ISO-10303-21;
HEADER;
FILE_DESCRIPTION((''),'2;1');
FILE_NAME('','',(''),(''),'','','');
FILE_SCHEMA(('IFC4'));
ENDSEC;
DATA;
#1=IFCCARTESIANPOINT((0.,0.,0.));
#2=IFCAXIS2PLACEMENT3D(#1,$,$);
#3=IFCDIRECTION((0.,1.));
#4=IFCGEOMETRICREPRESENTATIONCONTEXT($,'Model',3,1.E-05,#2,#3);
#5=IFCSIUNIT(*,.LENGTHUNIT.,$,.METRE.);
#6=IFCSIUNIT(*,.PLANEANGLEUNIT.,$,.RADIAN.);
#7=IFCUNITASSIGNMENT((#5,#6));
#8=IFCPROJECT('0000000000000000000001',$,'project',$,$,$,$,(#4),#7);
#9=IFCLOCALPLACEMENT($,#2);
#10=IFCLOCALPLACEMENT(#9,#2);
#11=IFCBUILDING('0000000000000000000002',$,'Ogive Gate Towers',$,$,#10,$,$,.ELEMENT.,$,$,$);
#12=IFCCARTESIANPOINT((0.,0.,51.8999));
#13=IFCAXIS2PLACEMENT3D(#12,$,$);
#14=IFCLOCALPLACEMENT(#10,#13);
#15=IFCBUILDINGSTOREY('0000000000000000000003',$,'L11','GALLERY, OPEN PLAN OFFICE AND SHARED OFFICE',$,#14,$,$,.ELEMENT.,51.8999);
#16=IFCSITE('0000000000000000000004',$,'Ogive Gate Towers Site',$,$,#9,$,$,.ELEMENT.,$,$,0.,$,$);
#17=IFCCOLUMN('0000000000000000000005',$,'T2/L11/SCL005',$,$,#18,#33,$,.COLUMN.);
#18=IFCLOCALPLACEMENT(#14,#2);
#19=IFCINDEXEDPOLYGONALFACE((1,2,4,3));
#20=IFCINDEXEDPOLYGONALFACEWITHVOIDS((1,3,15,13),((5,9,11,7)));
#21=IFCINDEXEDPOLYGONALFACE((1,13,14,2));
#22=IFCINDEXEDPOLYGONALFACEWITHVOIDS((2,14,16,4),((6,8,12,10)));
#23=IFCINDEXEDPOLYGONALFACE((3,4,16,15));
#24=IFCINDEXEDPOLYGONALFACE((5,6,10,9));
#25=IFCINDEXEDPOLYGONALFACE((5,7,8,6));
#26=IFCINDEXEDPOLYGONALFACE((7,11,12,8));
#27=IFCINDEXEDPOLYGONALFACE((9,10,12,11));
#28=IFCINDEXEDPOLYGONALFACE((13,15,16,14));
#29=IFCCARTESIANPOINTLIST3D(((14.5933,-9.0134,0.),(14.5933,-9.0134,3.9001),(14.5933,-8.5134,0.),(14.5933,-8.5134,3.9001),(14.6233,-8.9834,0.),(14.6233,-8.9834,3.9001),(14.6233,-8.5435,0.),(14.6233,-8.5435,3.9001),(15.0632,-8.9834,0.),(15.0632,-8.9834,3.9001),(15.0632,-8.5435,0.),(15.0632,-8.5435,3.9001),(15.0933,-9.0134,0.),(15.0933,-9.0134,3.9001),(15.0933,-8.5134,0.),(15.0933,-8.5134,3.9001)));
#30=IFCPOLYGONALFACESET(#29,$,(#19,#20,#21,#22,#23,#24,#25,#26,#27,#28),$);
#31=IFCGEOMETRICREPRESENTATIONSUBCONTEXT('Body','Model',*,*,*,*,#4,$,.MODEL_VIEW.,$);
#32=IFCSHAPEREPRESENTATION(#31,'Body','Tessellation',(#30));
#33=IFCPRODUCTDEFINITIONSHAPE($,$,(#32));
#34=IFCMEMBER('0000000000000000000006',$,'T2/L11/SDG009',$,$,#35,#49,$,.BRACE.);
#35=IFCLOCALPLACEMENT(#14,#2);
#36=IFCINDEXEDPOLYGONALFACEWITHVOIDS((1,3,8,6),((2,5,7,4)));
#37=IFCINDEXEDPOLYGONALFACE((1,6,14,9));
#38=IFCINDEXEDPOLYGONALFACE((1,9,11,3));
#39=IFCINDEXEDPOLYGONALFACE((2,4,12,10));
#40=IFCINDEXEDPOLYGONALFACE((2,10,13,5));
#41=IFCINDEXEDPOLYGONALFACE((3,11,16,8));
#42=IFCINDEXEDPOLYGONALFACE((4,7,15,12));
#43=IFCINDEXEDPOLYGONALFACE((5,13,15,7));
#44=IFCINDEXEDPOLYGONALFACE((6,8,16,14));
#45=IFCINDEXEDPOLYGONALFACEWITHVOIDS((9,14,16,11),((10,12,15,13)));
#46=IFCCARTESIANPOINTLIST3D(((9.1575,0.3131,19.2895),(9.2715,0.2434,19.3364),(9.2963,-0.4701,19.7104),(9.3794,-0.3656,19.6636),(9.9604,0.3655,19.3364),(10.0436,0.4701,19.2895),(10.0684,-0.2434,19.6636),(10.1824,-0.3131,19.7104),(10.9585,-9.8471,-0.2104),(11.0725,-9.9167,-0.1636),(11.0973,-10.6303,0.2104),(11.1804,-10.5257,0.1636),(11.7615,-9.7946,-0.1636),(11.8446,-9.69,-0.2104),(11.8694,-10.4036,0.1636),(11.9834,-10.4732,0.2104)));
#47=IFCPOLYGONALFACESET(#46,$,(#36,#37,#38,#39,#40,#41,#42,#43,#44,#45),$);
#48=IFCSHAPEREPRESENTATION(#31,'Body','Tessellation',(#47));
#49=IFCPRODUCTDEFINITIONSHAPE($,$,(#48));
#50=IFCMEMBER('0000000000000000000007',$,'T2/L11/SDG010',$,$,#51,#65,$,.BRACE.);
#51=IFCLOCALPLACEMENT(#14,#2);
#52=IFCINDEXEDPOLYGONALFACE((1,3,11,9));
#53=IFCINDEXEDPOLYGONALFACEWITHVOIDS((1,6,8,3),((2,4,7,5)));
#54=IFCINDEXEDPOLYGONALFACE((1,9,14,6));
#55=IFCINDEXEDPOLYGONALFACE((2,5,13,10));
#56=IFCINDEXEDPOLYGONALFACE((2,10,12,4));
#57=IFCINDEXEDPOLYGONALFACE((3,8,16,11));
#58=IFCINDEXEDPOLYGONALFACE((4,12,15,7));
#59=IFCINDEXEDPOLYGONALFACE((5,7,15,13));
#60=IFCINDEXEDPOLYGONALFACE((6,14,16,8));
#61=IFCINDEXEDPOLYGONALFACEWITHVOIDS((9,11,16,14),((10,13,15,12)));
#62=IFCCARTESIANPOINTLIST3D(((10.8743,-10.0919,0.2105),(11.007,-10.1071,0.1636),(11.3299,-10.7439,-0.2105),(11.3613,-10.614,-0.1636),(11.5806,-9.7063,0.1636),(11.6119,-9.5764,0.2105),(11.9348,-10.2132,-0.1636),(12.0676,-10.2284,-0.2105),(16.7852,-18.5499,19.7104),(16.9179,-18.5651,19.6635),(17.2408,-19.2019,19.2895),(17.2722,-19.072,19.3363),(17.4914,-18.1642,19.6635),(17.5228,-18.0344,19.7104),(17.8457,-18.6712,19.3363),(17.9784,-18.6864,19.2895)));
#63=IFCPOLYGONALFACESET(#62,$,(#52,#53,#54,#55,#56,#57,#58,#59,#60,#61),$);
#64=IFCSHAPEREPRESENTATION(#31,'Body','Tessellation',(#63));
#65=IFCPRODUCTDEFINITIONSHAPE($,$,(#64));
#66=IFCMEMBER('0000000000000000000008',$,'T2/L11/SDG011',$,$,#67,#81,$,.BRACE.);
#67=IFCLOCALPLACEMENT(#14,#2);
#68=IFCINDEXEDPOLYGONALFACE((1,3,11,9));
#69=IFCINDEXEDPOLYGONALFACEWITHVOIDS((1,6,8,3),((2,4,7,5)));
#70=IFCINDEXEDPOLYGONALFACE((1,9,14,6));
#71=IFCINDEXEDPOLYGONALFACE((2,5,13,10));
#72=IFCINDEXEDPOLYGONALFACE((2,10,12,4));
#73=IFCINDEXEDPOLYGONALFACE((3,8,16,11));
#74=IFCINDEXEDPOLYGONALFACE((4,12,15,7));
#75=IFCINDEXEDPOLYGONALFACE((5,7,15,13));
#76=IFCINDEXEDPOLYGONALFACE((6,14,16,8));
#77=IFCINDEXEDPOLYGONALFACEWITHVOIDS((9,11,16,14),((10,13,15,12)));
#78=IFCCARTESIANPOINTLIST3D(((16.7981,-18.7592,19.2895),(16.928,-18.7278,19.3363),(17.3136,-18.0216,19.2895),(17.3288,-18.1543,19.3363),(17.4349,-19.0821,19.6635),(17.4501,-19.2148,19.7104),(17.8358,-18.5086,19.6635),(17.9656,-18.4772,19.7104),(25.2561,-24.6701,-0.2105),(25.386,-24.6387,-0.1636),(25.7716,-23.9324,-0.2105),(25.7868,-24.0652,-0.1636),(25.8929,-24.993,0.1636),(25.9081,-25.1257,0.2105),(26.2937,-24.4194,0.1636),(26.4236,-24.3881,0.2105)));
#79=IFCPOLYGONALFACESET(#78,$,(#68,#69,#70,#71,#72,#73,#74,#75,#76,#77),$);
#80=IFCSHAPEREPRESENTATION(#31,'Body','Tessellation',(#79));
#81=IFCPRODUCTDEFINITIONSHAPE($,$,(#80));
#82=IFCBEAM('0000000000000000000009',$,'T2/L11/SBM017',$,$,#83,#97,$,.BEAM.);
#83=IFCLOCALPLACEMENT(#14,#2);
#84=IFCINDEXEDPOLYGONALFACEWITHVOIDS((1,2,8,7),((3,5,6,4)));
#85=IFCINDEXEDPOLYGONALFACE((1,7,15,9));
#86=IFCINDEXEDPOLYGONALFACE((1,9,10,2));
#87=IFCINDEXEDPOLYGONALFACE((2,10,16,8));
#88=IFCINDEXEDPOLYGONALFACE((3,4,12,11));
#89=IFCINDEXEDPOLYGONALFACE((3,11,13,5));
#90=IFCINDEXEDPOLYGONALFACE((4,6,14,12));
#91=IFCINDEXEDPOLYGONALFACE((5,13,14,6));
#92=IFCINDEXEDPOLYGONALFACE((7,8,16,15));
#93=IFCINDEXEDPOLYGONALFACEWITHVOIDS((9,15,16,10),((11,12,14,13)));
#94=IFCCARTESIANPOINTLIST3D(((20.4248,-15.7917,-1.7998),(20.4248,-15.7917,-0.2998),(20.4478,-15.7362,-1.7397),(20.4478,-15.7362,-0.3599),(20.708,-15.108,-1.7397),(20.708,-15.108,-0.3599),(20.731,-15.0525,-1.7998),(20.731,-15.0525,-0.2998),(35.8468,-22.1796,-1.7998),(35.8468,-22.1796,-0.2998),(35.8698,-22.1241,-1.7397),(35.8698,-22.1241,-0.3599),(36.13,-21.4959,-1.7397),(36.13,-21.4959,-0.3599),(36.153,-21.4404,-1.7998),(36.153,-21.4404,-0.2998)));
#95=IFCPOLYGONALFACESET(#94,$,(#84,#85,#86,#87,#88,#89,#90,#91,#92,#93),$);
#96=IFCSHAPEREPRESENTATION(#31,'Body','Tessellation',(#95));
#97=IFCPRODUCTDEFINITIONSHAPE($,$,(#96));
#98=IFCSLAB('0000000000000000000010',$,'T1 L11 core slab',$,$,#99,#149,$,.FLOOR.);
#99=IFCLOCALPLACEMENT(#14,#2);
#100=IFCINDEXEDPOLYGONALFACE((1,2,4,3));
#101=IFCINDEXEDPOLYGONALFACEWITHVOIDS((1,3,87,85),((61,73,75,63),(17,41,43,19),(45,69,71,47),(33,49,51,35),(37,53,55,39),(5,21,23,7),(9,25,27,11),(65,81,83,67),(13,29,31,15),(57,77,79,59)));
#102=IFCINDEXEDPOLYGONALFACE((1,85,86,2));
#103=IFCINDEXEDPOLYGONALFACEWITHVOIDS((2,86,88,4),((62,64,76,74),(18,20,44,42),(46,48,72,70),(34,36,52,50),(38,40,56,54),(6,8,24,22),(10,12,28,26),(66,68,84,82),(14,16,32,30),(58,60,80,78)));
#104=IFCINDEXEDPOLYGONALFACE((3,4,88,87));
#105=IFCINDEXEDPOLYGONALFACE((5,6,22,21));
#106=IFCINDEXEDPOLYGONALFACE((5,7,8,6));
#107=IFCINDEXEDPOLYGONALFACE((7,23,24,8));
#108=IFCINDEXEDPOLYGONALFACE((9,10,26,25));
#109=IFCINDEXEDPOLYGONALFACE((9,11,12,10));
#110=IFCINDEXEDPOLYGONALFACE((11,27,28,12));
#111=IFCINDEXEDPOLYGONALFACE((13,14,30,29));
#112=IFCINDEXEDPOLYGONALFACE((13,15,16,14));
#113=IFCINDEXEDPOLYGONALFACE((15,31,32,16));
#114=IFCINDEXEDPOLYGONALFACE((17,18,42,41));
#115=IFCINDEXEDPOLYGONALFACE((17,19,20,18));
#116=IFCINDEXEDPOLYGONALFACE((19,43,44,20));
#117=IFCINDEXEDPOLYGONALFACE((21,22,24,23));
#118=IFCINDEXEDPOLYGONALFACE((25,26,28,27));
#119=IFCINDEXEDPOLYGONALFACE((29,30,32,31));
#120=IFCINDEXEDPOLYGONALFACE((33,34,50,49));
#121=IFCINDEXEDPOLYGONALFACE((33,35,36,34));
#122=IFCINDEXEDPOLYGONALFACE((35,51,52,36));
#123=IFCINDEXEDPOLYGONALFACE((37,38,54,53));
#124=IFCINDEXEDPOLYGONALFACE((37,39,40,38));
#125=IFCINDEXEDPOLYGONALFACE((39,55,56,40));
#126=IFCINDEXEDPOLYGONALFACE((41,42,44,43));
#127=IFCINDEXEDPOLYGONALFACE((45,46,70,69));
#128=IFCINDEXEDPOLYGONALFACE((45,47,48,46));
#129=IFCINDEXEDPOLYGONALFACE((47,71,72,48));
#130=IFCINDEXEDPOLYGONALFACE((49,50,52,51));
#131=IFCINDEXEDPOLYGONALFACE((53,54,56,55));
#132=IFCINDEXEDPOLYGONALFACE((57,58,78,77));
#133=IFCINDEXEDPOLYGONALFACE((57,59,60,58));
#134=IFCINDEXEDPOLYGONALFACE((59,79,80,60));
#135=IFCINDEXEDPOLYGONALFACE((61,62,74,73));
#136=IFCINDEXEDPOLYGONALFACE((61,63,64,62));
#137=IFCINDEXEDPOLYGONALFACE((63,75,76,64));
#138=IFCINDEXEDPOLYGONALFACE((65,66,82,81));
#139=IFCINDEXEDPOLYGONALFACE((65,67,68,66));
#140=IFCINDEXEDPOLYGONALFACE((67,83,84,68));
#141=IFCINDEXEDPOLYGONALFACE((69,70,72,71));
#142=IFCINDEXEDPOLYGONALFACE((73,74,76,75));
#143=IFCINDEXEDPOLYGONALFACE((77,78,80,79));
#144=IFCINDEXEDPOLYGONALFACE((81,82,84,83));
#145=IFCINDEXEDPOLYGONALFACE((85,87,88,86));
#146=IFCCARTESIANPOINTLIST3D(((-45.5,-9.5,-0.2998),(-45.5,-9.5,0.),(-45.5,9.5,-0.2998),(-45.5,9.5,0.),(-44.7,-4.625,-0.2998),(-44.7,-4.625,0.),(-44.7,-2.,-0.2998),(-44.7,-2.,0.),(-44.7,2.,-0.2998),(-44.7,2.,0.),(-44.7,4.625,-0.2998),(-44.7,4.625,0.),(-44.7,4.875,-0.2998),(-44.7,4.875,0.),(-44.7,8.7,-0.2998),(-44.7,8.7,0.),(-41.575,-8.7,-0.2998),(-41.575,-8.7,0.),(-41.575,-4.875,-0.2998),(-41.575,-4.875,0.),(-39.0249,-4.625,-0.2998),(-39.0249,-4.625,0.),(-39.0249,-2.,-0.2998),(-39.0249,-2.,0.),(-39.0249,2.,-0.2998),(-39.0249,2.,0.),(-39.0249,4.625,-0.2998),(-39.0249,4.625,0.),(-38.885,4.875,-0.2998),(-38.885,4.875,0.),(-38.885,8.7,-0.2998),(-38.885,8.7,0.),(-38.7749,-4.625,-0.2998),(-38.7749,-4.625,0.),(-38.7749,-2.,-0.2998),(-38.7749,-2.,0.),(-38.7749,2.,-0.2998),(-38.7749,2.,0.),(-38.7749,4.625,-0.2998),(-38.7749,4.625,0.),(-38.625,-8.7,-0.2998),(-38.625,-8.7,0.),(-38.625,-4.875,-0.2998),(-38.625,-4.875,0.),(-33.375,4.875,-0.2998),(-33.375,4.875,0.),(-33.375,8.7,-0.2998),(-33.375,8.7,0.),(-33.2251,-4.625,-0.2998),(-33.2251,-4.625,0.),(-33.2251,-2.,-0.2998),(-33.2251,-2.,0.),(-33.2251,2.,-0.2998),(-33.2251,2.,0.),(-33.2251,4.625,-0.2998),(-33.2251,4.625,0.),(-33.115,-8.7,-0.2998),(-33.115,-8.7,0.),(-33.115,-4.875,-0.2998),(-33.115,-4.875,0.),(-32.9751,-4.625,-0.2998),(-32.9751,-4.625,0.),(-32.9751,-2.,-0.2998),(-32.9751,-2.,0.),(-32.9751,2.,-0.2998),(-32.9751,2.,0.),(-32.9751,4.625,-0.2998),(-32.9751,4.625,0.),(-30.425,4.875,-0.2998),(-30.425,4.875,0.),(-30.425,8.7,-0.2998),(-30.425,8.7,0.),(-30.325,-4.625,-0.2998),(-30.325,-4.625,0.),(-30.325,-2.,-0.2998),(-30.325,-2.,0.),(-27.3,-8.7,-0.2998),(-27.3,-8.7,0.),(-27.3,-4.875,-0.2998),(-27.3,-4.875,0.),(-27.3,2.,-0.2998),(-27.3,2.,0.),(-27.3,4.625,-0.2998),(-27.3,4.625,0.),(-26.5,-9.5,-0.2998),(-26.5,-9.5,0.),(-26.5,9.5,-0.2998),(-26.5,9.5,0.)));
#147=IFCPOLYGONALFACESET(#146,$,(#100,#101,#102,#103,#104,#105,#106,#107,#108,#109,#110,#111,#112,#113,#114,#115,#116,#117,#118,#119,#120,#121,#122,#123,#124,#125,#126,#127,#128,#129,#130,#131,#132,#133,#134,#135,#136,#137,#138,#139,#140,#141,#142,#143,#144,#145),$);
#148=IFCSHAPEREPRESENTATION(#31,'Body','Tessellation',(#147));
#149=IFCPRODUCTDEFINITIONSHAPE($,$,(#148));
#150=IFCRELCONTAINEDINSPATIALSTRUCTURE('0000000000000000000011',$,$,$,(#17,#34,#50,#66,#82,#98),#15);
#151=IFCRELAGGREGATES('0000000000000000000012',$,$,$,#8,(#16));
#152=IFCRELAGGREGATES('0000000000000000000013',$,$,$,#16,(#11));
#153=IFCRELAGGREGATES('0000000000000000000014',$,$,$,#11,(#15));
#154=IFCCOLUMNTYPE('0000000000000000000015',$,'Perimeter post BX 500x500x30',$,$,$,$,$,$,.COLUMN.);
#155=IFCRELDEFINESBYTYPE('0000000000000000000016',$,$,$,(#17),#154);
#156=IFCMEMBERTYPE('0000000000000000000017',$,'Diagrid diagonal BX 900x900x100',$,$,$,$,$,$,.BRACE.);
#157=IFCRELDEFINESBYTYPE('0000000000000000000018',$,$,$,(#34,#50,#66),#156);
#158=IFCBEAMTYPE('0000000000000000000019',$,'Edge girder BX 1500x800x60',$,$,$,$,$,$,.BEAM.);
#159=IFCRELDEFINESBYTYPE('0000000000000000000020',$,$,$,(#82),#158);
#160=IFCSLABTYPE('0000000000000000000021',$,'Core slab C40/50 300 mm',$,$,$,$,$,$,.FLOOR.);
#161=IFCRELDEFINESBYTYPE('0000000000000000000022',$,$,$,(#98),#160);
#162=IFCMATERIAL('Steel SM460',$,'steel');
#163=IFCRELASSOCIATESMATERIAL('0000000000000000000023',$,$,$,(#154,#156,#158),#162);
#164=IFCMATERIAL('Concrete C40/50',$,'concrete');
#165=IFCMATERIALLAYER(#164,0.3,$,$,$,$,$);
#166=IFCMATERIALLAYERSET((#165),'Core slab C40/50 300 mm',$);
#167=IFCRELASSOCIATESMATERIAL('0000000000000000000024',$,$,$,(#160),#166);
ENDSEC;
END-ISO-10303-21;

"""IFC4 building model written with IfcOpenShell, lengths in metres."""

from ifc_helpers import new_model, si_unit, direction, frame, origin, origin_2d, place, context, subcontext, project, spatial, polyline, hollow_rectangle, outline, extrude, material, layer, layer_set, material_profile, profile_set, type_object, element, save


model = new_model("IFC4")

# Units and contexts
model_context = context("Model", 3, precision=1e-05, world=origin(), true_north=direction((0.0, 1.0)))
body_context = subcontext(model_context, "Body", "Model", "MODEL_VIEW")
ifc_project = project(units=[si_unit("LENGTHUNIT", "METRE"), si_unit("PLANEANGLEUNIT", "RADIAN")], contexts=[model_context])

# Site, building, storey
site_placement = place(None, origin())
site = spatial("IfcSite", under=ifc_project, at=site_placement, Name="Ogive Gate Towers Site", CompositionType="ELEMENT", RefElevation=0.0)
building_placement = place(site_placement, origin())
building = spatial("IfcBuilding", under=site, at=building_placement, Name="Ogive Gate Towers", CompositionType="ELEMENT")
storey_placement = place(building_placement, frame((0.0, 0.0, 51.8999)))
storey = spatial("IfcBuildingStorey", under=building, at=storey_placement, Name="L11", Description="GALLERY, OPEN PLAN OFFICE AND SHARED OFFICE", CompositionType="ELEMENT", Elevation=51.8999)

# Column
ifc_material_1 = material(Name="Steel SM460", Category="steel")
ifc_material_profile_1 = material_profile(ifc_material_1, hollow_rectangle(XDim=0.5, YDim=0.5, WallThickness=0.03, at=origin_2d()), Name="BX 500x500x30")
ifc_profile_set_1 = profile_set([ifc_material_profile_1], Name="Steel SM460")
column_type = type_object("IfcColumnType", Name="Perimeter post BX 500x500x30", PredefinedType="COLUMN", material=ifc_profile_set_1)
column_placement = place(storey_placement, frame((14.8433, -8.7634, 0.0), z_axis=(0.0, 0.0, 1.0), x_axis=(1.0, 0.0, 0.0)))
element("IfcColumn", 1, at=column_placement, inside=storey, type_object=column_type, Name="T2/L11/SCL005", PredefinedType="COLUMN", context=body_context, shape_type="SweptSolid", body=[
    extrude(hollow_rectangle(XDim=0.5, YDim=0.5, WallThickness=0.03, at=origin_2d()), origin(), (0.0, 0.0, 1.0), 3.9001),
])

# Members
ifc_material_profile_2 = material_profile(ifc_material_1, hollow_rectangle(XDim=0.8999, YDim=0.8999, WallThickness=0.1001, at=origin_2d()), Name="BX 900x900x100")
ifc_profile_set_2 = profile_set([ifc_material_profile_2], Name="Steel SM460")
member_type = type_object("IfcMemberType", Name="Diagrid diagonal BX 900x900x100", PredefinedType="BRACE", material=ifc_profile_set_2)
for number, where, z_axis, x_axis, name in (
    (2, (11.4709, -10.1602, 0.0), (-0.081636, 0.460532, 0.883881), (-0.98465, -0.174542, 0.0), "T2/L11/SDG009"),
    (3, (11.4709, -10.1602, 0.0), (0.267923, -0.383377, 0.883878), (0.819674, 0.57283, 0.0), "T2/L11/SDG010"),
    (4, (25.8398, -24.5291, 0.0), (-0.383377, 0.267923, 0.883878), (-0.57283, -0.819674, 0.0), "T2/L11/SDG011"),
):
    element("IfcMember", number, at=place(storey_placement, frame(where, z_axis=z_axis, x_axis=x_axis)), inside=storey, type_object=member_type, Name=name, PredefinedType="BRACE", context=body_context, shape_type="SweptSolid", body=[
        extrude(hollow_rectangle(XDim=0.8999, YDim=0.8999, WallThickness=0.1001, at=origin_2d()), origin(), (0.0, 0.0, 1.0), 22.0618),
    ])

# Beam
ifc_material_profile_3 = material_profile(ifc_material_1, hollow_rectangle(XDim=0.8, YDim=1.5, WallThickness=0.0601, at=origin_2d()), Name="BX 1500x800x60")
ifc_profile_set_3 = profile_set([ifc_material_profile_3], Name="Steel SM460")
beam_type = type_object("IfcBeamType", Name="Edge girder BX 1500x800x60", PredefinedType="BEAM", material=ifc_profile_set_3)
beam_placement = place(storey_placement, frame((20.5779, -15.4221, -1.0498), z_axis=(0.923882, -0.382678, 0.0), x_axis=(0.382678, 0.923882, 0.0)))
element("IfcBeam", 5, at=beam_placement, inside=storey, type_object=beam_type, Name="T2/L11/SBM017", PredefinedType="BEAM", context=body_context, shape_type="SweptSolid", body=[
    extrude(hollow_rectangle(XDim=0.8, YDim=1.5, WallThickness=0.0601, at=origin_2d()), origin(), (0.0, 0.0, 1.0), 16.6926),
])

# Slab
ifc_material_2 = material(Name="Concrete C40/50", Category="concrete")
ifc_layer_1 = layer(ifc_material_2, 0.3)
ifc_layer_set_1 = layer_set([ifc_layer_1], Name="Core slab C40/50 300 mm")
slab_type_1 = type_object("IfcSlabType", Name="Core slab C40/50 300 mm", PredefinedType="FLOOR", material=ifc_layer_set_1)
slab_1_placement = place(storey_placement, frame((0.0, 0.0, -0.2998)))
element("IfcSlab", 6, at=slab_1_placement, inside=storey, type_object=slab_type_1, Name="T1 L11 core slab", PredefinedType="FLOOR", context=body_context, shape_type="SweptSolid", body=[
    extrude(outline(polyline([(-26.5, 9.5), (-26.5, -9.5), (-45.5, -9.5), (-45.5, 9.5), (-26.5, 9.5)]), holes=[polyline([(-39.0249, 4.625), (-44.7, 4.625), (-44.7, 2.0), (-39.0249, 2.0), (-39.0249, 4.625)]), polyline([(-33.2251, 2.0), (-33.2251, 4.625), (-38.7749, 4.625), (-38.7749, 2.0), (-33.2251, 2.0)]), polyline([(-32.9751, 2.0), (-27.3, 2.0), (-27.3, 4.625), (-32.9751, 4.625), (-32.9751, 2.0)]), polyline([(-44.7, -2.0), (-44.7, -4.625), (-39.0249, -4.625), (-39.0249, -2.0), (-44.7, -2.0)]), polyline([(-33.2251, -2.0), (-38.7749, -2.0), (-38.7749, -4.625), (-33.2251, -4.625), (-33.2251, -2.0)]), polyline([(-30.325, -4.625), (-30.325, -2.0), (-32.9751, -2.0), (-32.9751, -4.625), (-30.325, -4.625)]), polyline([(-33.375, 4.875), (-30.425, 4.875), (-30.425, 8.7), (-33.375, 8.7), (-33.375, 4.875)]), polyline([(-41.575, -4.875), (-41.575, -8.7), (-38.625, -8.7), (-38.625, -4.875), (-41.575, -4.875)]), polyline([(-44.7, 4.875), (-38.885, 4.875), (-38.885, 8.7), (-44.7, 8.7), (-44.7, 4.875)]), polyline([(-27.3, -8.7), (-27.3, -4.875), (-33.115, -4.875), (-33.115, -8.7), (-27.3, -8.7)])]), origin(), (0.0, 0.0, 1.0), 0.2998),
])

save(model, "model.ifc")
